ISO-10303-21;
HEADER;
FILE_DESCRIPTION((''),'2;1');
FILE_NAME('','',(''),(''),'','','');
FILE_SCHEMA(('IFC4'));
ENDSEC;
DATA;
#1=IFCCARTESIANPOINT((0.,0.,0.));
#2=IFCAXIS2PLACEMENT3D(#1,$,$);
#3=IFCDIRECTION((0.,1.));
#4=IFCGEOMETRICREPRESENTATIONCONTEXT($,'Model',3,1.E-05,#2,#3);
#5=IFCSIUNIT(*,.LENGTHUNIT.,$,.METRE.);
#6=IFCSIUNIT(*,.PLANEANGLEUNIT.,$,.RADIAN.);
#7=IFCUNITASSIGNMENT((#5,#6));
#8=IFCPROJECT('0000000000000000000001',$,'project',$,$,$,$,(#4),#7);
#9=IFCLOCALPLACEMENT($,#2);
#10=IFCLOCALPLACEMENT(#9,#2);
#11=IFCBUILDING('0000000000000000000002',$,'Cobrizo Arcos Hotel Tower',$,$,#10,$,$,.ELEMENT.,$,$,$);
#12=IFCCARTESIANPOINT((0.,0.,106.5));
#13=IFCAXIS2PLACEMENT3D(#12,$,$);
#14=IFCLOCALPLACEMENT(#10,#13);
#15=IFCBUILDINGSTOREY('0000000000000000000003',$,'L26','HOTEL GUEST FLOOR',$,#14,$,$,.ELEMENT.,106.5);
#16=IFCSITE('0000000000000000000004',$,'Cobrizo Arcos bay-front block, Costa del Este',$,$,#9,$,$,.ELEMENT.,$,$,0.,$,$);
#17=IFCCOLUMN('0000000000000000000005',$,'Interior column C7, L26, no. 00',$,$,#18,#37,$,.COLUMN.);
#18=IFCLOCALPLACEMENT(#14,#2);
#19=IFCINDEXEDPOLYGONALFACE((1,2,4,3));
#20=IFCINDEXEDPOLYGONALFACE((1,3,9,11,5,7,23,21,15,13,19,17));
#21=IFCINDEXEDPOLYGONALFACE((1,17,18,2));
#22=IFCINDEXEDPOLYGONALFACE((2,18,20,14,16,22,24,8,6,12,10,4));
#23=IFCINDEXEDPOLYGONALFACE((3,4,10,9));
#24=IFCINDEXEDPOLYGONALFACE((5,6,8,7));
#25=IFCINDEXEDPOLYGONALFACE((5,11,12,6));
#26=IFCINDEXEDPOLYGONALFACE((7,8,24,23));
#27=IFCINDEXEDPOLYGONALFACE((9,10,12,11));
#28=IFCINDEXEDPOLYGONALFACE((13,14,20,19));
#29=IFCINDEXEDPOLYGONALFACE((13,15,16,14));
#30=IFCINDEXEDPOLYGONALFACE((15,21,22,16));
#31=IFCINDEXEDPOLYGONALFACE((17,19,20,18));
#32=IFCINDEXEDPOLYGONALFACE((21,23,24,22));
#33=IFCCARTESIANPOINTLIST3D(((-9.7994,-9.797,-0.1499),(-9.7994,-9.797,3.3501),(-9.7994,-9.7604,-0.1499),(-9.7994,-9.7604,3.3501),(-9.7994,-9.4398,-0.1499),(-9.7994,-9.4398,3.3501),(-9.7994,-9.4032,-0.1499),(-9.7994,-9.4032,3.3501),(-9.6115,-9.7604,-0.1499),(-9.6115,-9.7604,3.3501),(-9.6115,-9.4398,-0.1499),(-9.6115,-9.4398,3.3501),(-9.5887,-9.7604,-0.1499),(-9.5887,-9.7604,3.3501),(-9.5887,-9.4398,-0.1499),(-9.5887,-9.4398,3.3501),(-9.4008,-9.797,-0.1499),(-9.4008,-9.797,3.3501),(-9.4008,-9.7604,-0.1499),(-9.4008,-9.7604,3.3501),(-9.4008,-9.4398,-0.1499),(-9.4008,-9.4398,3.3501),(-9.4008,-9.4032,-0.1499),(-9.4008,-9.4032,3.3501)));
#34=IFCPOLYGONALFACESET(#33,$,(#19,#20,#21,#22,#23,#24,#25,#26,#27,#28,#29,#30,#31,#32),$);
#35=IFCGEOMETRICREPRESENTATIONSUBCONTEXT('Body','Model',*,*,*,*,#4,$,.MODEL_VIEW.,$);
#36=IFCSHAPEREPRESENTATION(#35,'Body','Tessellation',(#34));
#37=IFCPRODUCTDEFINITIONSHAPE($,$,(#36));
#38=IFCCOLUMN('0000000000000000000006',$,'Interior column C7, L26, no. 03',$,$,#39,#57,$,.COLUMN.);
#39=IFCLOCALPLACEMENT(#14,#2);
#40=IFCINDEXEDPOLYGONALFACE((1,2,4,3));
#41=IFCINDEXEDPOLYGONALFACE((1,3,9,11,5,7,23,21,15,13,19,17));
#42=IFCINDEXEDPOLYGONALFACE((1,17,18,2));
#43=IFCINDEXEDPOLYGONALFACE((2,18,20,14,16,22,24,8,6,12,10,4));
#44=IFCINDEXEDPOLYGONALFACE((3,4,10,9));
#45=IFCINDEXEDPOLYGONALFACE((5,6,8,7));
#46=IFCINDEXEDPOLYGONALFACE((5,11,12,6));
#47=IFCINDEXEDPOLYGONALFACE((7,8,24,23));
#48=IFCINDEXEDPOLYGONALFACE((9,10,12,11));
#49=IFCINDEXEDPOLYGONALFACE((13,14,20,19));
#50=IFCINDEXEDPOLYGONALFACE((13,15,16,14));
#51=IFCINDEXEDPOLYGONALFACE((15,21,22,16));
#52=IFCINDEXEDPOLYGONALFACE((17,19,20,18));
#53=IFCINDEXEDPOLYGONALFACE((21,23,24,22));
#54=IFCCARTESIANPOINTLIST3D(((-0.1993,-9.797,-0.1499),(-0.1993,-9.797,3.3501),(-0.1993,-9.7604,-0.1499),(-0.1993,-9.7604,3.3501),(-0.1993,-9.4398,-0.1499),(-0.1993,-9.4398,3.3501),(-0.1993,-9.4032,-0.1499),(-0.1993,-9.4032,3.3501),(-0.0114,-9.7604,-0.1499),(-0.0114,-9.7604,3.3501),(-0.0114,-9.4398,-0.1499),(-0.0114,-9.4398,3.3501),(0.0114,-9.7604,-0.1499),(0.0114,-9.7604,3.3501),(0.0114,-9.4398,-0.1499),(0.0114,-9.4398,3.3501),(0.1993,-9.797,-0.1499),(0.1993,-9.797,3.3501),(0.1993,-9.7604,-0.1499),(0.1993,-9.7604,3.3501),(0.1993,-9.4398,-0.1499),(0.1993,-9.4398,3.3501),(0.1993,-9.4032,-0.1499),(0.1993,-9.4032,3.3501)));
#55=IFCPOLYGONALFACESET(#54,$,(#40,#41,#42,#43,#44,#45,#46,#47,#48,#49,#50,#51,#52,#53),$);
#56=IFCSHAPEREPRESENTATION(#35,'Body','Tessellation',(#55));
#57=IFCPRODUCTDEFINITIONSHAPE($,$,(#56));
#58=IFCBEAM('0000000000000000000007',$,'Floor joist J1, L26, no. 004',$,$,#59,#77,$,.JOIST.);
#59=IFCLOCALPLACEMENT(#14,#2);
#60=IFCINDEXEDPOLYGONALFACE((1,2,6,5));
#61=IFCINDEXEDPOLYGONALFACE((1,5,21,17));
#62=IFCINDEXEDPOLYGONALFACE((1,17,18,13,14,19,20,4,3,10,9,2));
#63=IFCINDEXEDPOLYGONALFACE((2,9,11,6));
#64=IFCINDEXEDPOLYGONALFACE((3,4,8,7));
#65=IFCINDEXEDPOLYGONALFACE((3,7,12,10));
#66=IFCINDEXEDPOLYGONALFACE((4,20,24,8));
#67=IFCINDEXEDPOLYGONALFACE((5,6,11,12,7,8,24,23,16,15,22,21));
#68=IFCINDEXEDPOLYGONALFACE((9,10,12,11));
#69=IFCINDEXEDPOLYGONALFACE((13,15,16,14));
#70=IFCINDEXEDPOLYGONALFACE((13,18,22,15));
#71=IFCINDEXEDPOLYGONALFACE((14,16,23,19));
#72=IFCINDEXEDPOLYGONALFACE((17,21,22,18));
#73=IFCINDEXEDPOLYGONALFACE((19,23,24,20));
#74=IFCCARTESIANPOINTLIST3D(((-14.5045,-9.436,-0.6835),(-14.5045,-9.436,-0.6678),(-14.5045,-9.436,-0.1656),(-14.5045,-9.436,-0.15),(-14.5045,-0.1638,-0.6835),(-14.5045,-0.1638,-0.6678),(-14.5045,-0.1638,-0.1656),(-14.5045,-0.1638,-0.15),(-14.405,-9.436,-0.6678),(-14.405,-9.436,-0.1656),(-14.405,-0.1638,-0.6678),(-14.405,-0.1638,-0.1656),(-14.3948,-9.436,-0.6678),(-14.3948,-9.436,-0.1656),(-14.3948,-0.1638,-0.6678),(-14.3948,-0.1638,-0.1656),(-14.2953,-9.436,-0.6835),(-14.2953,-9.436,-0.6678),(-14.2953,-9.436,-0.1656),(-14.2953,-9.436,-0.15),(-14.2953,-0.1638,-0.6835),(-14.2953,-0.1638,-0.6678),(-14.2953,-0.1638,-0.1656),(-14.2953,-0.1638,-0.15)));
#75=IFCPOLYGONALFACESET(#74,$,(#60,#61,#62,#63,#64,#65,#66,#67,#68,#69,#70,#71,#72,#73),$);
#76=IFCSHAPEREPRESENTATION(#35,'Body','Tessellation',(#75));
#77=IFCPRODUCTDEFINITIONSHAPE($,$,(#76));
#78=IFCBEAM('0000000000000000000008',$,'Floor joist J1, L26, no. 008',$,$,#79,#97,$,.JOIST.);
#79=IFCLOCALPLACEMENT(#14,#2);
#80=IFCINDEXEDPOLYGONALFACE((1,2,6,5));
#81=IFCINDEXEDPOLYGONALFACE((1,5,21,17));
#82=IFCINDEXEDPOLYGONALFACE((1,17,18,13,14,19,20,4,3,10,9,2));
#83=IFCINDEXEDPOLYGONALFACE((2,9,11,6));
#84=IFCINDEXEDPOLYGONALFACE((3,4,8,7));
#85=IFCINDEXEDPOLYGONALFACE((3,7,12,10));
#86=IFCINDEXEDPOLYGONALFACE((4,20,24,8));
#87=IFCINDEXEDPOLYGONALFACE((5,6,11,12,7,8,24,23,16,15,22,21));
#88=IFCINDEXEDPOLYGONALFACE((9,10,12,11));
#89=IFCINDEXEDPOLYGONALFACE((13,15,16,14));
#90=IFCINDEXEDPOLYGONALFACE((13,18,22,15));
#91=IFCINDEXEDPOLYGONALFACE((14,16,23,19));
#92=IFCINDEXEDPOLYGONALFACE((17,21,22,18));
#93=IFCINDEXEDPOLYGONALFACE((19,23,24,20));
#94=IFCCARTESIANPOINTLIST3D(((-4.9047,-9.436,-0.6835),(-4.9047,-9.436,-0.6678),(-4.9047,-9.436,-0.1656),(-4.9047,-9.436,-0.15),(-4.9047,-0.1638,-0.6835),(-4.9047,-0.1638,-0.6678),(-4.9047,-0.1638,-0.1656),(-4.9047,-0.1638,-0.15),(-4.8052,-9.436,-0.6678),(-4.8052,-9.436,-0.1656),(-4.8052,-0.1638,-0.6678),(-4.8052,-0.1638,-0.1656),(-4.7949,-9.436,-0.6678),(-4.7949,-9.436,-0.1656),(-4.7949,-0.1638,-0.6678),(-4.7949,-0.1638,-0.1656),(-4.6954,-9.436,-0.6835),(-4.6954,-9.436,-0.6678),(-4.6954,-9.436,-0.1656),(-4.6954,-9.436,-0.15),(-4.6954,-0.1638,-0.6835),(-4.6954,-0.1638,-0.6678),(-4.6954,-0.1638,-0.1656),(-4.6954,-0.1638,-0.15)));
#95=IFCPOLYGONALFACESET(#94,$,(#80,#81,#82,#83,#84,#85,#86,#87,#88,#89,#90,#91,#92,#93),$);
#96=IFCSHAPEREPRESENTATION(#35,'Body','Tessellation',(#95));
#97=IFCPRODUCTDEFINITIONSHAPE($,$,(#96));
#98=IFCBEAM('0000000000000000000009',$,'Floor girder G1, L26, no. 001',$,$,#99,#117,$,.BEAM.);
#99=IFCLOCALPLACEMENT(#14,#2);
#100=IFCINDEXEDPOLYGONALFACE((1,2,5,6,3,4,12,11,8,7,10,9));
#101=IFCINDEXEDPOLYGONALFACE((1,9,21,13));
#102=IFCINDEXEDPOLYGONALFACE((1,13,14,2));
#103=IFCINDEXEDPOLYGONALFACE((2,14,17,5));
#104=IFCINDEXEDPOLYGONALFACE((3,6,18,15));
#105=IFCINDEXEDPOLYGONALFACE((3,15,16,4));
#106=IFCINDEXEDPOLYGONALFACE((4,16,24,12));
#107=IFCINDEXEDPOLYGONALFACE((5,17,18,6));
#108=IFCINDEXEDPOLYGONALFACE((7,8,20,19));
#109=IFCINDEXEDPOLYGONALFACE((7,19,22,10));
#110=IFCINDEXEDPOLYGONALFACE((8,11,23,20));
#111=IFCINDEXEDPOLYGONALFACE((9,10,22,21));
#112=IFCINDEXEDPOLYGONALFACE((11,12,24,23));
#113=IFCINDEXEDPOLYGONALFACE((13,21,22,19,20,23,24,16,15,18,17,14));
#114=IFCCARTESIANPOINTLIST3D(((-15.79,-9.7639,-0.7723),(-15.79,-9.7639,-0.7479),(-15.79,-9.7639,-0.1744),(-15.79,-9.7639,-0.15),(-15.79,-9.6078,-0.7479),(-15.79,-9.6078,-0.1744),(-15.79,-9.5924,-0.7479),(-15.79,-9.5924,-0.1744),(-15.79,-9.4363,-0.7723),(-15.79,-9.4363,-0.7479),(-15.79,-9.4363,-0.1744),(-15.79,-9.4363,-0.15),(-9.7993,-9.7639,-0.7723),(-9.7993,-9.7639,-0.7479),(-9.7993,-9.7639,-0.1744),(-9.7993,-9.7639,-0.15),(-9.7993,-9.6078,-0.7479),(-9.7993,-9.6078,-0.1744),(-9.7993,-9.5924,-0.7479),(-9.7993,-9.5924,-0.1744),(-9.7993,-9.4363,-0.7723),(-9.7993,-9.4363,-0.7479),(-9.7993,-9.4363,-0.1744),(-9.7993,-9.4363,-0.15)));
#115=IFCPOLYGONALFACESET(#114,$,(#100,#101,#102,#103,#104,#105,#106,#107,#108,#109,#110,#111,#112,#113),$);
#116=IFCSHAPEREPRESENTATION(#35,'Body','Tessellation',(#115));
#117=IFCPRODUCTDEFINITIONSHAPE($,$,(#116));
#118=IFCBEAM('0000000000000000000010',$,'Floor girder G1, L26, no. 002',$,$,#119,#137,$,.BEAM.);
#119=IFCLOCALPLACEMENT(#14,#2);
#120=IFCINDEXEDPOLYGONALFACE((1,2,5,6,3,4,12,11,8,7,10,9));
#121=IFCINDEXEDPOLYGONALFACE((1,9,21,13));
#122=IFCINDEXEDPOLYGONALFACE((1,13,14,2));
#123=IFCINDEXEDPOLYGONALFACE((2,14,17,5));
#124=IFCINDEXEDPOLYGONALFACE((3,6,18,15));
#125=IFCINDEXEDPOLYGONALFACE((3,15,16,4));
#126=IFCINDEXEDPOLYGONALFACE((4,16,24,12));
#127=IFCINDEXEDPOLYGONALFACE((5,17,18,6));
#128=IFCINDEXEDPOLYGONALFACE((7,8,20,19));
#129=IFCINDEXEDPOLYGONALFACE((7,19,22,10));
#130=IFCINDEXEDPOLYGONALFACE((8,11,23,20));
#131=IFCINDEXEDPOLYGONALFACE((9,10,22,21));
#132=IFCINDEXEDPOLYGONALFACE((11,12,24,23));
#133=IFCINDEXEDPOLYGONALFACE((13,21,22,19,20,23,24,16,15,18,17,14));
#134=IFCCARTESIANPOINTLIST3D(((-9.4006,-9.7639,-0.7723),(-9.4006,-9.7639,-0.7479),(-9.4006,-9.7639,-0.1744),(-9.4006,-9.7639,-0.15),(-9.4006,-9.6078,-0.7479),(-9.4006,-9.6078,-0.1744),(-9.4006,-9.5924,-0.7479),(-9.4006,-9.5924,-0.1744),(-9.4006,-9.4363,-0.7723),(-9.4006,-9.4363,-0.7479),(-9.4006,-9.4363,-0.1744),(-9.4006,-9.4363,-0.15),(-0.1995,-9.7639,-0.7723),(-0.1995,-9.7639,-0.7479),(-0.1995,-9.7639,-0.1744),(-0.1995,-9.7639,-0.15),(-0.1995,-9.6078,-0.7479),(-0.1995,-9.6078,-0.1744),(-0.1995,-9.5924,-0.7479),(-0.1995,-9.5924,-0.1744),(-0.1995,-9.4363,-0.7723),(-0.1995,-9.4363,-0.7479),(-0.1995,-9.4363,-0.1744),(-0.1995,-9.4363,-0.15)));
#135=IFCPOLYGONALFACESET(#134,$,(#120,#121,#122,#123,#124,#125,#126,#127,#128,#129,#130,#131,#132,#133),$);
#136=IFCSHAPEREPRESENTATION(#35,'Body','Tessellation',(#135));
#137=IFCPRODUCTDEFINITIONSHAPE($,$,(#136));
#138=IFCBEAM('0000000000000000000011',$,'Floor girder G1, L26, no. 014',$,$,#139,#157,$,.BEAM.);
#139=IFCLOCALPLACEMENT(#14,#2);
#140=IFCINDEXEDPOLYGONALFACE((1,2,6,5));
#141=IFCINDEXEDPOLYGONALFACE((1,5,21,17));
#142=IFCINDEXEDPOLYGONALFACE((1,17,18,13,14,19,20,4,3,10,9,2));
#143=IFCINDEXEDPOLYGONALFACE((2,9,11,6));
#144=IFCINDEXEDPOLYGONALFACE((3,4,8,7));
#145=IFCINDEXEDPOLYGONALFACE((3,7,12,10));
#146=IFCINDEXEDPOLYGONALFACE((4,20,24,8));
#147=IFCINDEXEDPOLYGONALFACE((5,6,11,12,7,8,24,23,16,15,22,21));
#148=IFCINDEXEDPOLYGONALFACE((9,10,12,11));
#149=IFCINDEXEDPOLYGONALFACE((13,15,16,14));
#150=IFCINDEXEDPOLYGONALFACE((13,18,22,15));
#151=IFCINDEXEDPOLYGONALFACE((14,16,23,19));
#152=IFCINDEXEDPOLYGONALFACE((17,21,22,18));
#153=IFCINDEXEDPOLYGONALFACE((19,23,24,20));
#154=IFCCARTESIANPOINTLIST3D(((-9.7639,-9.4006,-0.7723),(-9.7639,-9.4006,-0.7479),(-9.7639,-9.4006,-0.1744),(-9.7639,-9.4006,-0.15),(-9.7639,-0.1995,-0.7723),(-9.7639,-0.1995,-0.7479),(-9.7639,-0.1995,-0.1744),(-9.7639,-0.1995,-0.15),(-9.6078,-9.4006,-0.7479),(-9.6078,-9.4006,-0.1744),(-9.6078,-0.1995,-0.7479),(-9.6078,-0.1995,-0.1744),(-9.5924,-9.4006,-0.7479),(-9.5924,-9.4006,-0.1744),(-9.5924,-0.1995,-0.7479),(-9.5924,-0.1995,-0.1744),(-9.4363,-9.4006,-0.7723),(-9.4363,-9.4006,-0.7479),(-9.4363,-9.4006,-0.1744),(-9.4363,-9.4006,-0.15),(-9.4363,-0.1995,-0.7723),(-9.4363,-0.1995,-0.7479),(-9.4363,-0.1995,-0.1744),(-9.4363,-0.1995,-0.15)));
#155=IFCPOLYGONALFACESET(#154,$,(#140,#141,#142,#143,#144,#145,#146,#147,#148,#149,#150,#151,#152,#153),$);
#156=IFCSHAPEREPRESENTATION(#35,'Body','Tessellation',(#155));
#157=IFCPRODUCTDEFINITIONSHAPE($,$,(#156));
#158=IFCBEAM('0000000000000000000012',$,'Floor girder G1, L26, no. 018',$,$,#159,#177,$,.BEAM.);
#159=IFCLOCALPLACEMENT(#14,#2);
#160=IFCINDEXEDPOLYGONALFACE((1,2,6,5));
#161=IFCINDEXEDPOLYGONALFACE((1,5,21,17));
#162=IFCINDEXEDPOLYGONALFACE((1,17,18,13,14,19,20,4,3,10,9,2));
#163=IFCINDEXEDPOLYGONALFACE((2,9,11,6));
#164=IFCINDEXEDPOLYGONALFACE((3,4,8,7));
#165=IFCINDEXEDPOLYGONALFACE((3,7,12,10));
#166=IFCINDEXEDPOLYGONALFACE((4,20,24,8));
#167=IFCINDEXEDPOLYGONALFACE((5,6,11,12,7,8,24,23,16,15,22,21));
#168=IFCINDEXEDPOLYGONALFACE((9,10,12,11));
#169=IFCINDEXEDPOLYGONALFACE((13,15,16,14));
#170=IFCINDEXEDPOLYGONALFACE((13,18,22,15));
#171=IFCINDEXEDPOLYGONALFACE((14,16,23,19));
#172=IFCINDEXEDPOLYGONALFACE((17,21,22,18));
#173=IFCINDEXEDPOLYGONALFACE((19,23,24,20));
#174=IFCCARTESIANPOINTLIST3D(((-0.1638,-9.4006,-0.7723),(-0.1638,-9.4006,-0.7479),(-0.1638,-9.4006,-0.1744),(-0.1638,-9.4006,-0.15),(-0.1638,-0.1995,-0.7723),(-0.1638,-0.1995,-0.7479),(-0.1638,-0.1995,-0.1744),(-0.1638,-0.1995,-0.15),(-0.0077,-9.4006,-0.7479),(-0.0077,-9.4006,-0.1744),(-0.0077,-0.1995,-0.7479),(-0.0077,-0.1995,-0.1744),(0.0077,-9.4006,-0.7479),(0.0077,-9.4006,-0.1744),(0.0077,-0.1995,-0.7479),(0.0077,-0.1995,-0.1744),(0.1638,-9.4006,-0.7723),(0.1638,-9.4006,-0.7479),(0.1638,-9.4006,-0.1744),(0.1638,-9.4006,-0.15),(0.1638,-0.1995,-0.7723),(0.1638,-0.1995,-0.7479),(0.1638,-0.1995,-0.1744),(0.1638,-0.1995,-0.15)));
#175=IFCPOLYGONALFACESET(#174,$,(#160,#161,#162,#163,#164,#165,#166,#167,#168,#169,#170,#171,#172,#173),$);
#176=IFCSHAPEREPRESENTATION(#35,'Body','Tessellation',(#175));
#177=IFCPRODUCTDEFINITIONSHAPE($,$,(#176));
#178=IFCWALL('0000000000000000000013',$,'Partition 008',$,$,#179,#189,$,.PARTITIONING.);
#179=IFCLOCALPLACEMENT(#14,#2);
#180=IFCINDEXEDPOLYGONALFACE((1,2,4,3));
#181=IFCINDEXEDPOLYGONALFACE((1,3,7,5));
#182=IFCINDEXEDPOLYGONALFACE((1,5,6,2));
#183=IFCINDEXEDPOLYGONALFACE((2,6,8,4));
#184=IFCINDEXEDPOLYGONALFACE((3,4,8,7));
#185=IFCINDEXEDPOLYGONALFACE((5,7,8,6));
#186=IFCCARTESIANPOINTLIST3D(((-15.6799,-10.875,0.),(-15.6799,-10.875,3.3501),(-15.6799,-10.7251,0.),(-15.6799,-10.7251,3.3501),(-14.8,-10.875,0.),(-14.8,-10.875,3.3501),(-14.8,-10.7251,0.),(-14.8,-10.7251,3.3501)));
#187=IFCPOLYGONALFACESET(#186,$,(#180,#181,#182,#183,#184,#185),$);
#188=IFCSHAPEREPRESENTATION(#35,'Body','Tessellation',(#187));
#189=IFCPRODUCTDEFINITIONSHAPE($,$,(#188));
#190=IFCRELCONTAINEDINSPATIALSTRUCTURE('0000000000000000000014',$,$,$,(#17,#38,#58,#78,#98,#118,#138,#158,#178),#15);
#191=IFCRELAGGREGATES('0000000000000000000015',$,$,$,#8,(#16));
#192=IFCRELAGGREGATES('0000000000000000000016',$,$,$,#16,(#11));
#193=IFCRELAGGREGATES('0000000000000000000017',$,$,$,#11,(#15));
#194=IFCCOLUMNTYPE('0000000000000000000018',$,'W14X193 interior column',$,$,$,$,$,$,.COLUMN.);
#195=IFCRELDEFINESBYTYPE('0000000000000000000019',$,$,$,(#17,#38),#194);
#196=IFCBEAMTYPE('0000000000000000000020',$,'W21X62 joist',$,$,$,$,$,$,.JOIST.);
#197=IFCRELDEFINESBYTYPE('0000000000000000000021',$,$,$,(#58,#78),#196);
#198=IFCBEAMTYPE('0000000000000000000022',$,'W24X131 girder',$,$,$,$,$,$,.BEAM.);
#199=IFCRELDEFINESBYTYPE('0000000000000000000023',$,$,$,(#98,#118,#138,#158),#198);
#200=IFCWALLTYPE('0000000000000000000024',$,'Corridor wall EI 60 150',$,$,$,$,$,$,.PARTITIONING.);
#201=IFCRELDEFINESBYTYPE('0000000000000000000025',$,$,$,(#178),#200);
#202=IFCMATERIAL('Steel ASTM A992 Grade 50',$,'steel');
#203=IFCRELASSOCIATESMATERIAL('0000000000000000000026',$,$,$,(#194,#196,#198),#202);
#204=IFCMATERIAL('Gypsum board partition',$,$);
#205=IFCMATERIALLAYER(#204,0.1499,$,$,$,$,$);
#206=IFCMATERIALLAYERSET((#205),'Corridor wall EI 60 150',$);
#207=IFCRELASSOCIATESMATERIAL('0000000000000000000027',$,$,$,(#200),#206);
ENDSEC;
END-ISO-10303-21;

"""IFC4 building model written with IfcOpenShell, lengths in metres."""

from ifc_helpers import new_model, si_unit, direction, frame, frame_2d, origin, origin_2d, place, context, subcontext, project, spatial, rectangle, i_section, extrude, material, layer, layer_set, material_profile, profile_set, type_object, element, save


model = new_model("IFC4")

# Units and contexts
model_context = context("Model", 3, precision=1e-05, world=origin(), true_north=direction((0.0, 1.0)))
body_context = subcontext(model_context, "Body", "Model", "MODEL_VIEW")
ifc_project = project(units=[si_unit("LENGTHUNIT", "METRE"), si_unit("PLANEANGLEUNIT", "RADIAN")], contexts=[model_context])

# Site, building, storey
site_placement = place(None, origin())
site = spatial("IfcSite", under=ifc_project, at=site_placement, Name="Cobrizo Arcos bay-front block, Costa del Este", CompositionType="ELEMENT", RefElevation=0.0)
building_placement = place(site_placement, origin())
building = spatial("IfcBuilding", under=site, at=building_placement, Name="Cobrizo Arcos Hotel Tower", CompositionType="ELEMENT")
storey_placement = place(building_placement, frame((0.0, 0.0, 106.5)))
storey = spatial("IfcBuildingStorey", under=building, at=storey_placement, Name="L26", Description="HOTEL GUEST FLOOR", CompositionType="ELEMENT", Elevation=106.5)

# Columns
ifc_material_1 = material(Name="Steel ASTM A992 Grade 50", Category="steel")
ifc_material_profile_1 = material_profile(ifc_material_1, i_section(OverallWidth=0.3987, OverallDepth=0.3938, WebThickness=0.0227, FlangeThickness=0.0366, at=origin_2d()), Name="W14X193")
ifc_profile_set_1 = profile_set([ifc_material_profile_1], Name="Steel ASTM A992 Grade 50")
column_type = type_object("IfcColumnType", Name="W14X193 interior column", PredefinedType="COLUMN", material=ifc_profile_set_1)
for number, where, z_axis, x_axis, name in (
    (1, (-9.6001, -9.6001, -0.1499), (0.0, 0.0, 1.0), (1.0, 0.0, 0.0), "Interior column C7, L26, no. 00"),
    (2, (0.0, -9.6001, -0.1499), (0.0, 0.0, 1.0), (1.0, 0.0, 0.0), "Interior column C7, L26, no. 03"),
):
    element("IfcColumn", number, at=place(storey_placement, frame(where, z_axis=z_axis, x_axis=x_axis)), inside=storey, type_object=column_type, Name=name, PredefinedType="COLUMN", context=body_context, shape_type="SweptSolid", body=[
        extrude(i_section(OverallWidth=0.3987, OverallDepth=0.3938, WebThickness=0.0227, FlangeThickness=0.0366, at=origin_2d()), origin(), (0.0, 0.0, 1.0), 3.5),
    ])

# Beams
ifc_material_profile_2 = material_profile(ifc_material_1, i_section(OverallWidth=0.2092, OverallDepth=0.5334, WebThickness=0.0103, FlangeThickness=0.0156, at=origin_2d()), Name="W21X62")
ifc_profile_set_2 = profile_set([ifc_material_profile_2], Name="Steel ASTM A992 Grade 50")
beam_type_1 = type_object("IfcBeamType", Name="W21X62 joist", PredefinedType="JOIST", material=ifc_profile_set_2)
for number, where, z_axis, x_axis, name in (
    (3, (-14.3999, -9.436, -0.4167), (0.0, 1.0, 0.0), (-1.0, 0.0, 0.0), "Floor joist J1, L26, no. 004"),
    (4, (-4.8, -9.436, -0.4167), (0.0, 1.0, 0.0), (-1.0, 0.0, 0.0), "Floor joist J1, L26, no. 008"),
):
    element("IfcBeam", number, at=place(storey_placement, frame(where, z_axis=z_axis, x_axis=x_axis)), inside=storey, type_object=beam_type_1, Name=name, PredefinedType="JOIST", context=body_context, shape_type="SweptSolid", body=[
        extrude(i_section(OverallWidth=0.2092, OverallDepth=0.5334, WebThickness=0.0103, FlangeThickness=0.0156, at=origin_2d()), origin(), (0.0, 0.0, 1.0), 9.2722),
    ])
ifc_material_profile_3 = material_profile(ifc_material_1, i_section(OverallWidth=0.3276, OverallDepth=0.6223, WebThickness=0.0154, FlangeThickness=0.0244, at=origin_2d()), Name="W24X131")
ifc_profile_set_3 = profile_set([ifc_material_profile_3], Name="Steel ASTM A992 Grade 50")
beam_type_2 = type_object("IfcBeamType", Name="W24X131 girder", PredefinedType="BEAM", material=ifc_profile_set_3)
beam_placement = place(storey_placement, frame((-15.79, -9.6001, -0.4612), z_axis=(1.0, 0.0, 0.0), x_axis=(0.0, 1.0, 0.0)))
element("IfcBeam", 5, at=beam_placement, inside=storey, type_object=beam_type_2, Name="Floor girder G1, L26, no. 001", PredefinedType="BEAM", context=body_context, shape_type="SweptSolid", body=[
    extrude(i_section(OverallWidth=0.3276, OverallDepth=0.6223, WebThickness=0.0154, FlangeThickness=0.0244, at=origin_2d()), origin(), (0.0, 0.0, 1.0), 5.9907),
])
for number, where, z_axis, x_axis, name in (
    (6, (-9.4006, -9.6001, -0.4612), (1.0, 0.0, 0.0), (0.0, 1.0, 0.0), "Floor girder G1, L26, no. 002"),
    (7, (-9.6001, -9.4006, -0.4612), (0.0, 1.0, 0.0), (-1.0, 0.0, 0.0), "Floor girder G1, L26, no. 014"),
    (8, (0.0, -9.4006, -0.4612), (0.0, 1.0, 0.0), (-1.0, 0.0, 0.0), "Floor girder G1, L26, no. 018"),
):
    element("IfcBeam", number, at=place(storey_placement, frame(where, z_axis=z_axis, x_axis=x_axis)), inside=storey, type_object=beam_type_2, Name=name, PredefinedType="BEAM", context=body_context, shape_type="SweptSolid", body=[
        extrude(i_section(OverallWidth=0.3276, OverallDepth=0.6223, WebThickness=0.0154, FlangeThickness=0.0244, at=origin_2d()), origin(), (0.0, 0.0, 1.0), 9.2012),
    ])

# Wall
ifc_material_2 = material(Name="Gypsum board partition")
ifc_layer_1 = layer(ifc_material_2, 0.1499)
ifc_layer_set_1 = layer_set([ifc_layer_1], Name="Corridor wall EI 60 150")
wall_type_1 = type_object("IfcWallType", Name="Corridor wall EI 60 150", PredefinedType="PARTITIONING", material=ifc_layer_set_1)
wall_1_placement = place(storey_placement, frame((-15.6799, -10.8, 0.0), z_axis=(0.0, 0.0, 1.0), x_axis=(1.0, 0.0, 0.0)))
element("IfcWall", 9, at=wall_1_placement, inside=storey, type_object=wall_type_1, Name="Partition 008", PredefinedType="PARTITIONING", context=body_context, shape_type="SweptSolid", body=[
    extrude(rectangle(XDim=0.8799, YDim=0.1499, at=frame_2d((0.4399, 0.0))), origin(), (0.0, 0.0, 1.0), 3.3501),
])

save(model, "model.ifc")
